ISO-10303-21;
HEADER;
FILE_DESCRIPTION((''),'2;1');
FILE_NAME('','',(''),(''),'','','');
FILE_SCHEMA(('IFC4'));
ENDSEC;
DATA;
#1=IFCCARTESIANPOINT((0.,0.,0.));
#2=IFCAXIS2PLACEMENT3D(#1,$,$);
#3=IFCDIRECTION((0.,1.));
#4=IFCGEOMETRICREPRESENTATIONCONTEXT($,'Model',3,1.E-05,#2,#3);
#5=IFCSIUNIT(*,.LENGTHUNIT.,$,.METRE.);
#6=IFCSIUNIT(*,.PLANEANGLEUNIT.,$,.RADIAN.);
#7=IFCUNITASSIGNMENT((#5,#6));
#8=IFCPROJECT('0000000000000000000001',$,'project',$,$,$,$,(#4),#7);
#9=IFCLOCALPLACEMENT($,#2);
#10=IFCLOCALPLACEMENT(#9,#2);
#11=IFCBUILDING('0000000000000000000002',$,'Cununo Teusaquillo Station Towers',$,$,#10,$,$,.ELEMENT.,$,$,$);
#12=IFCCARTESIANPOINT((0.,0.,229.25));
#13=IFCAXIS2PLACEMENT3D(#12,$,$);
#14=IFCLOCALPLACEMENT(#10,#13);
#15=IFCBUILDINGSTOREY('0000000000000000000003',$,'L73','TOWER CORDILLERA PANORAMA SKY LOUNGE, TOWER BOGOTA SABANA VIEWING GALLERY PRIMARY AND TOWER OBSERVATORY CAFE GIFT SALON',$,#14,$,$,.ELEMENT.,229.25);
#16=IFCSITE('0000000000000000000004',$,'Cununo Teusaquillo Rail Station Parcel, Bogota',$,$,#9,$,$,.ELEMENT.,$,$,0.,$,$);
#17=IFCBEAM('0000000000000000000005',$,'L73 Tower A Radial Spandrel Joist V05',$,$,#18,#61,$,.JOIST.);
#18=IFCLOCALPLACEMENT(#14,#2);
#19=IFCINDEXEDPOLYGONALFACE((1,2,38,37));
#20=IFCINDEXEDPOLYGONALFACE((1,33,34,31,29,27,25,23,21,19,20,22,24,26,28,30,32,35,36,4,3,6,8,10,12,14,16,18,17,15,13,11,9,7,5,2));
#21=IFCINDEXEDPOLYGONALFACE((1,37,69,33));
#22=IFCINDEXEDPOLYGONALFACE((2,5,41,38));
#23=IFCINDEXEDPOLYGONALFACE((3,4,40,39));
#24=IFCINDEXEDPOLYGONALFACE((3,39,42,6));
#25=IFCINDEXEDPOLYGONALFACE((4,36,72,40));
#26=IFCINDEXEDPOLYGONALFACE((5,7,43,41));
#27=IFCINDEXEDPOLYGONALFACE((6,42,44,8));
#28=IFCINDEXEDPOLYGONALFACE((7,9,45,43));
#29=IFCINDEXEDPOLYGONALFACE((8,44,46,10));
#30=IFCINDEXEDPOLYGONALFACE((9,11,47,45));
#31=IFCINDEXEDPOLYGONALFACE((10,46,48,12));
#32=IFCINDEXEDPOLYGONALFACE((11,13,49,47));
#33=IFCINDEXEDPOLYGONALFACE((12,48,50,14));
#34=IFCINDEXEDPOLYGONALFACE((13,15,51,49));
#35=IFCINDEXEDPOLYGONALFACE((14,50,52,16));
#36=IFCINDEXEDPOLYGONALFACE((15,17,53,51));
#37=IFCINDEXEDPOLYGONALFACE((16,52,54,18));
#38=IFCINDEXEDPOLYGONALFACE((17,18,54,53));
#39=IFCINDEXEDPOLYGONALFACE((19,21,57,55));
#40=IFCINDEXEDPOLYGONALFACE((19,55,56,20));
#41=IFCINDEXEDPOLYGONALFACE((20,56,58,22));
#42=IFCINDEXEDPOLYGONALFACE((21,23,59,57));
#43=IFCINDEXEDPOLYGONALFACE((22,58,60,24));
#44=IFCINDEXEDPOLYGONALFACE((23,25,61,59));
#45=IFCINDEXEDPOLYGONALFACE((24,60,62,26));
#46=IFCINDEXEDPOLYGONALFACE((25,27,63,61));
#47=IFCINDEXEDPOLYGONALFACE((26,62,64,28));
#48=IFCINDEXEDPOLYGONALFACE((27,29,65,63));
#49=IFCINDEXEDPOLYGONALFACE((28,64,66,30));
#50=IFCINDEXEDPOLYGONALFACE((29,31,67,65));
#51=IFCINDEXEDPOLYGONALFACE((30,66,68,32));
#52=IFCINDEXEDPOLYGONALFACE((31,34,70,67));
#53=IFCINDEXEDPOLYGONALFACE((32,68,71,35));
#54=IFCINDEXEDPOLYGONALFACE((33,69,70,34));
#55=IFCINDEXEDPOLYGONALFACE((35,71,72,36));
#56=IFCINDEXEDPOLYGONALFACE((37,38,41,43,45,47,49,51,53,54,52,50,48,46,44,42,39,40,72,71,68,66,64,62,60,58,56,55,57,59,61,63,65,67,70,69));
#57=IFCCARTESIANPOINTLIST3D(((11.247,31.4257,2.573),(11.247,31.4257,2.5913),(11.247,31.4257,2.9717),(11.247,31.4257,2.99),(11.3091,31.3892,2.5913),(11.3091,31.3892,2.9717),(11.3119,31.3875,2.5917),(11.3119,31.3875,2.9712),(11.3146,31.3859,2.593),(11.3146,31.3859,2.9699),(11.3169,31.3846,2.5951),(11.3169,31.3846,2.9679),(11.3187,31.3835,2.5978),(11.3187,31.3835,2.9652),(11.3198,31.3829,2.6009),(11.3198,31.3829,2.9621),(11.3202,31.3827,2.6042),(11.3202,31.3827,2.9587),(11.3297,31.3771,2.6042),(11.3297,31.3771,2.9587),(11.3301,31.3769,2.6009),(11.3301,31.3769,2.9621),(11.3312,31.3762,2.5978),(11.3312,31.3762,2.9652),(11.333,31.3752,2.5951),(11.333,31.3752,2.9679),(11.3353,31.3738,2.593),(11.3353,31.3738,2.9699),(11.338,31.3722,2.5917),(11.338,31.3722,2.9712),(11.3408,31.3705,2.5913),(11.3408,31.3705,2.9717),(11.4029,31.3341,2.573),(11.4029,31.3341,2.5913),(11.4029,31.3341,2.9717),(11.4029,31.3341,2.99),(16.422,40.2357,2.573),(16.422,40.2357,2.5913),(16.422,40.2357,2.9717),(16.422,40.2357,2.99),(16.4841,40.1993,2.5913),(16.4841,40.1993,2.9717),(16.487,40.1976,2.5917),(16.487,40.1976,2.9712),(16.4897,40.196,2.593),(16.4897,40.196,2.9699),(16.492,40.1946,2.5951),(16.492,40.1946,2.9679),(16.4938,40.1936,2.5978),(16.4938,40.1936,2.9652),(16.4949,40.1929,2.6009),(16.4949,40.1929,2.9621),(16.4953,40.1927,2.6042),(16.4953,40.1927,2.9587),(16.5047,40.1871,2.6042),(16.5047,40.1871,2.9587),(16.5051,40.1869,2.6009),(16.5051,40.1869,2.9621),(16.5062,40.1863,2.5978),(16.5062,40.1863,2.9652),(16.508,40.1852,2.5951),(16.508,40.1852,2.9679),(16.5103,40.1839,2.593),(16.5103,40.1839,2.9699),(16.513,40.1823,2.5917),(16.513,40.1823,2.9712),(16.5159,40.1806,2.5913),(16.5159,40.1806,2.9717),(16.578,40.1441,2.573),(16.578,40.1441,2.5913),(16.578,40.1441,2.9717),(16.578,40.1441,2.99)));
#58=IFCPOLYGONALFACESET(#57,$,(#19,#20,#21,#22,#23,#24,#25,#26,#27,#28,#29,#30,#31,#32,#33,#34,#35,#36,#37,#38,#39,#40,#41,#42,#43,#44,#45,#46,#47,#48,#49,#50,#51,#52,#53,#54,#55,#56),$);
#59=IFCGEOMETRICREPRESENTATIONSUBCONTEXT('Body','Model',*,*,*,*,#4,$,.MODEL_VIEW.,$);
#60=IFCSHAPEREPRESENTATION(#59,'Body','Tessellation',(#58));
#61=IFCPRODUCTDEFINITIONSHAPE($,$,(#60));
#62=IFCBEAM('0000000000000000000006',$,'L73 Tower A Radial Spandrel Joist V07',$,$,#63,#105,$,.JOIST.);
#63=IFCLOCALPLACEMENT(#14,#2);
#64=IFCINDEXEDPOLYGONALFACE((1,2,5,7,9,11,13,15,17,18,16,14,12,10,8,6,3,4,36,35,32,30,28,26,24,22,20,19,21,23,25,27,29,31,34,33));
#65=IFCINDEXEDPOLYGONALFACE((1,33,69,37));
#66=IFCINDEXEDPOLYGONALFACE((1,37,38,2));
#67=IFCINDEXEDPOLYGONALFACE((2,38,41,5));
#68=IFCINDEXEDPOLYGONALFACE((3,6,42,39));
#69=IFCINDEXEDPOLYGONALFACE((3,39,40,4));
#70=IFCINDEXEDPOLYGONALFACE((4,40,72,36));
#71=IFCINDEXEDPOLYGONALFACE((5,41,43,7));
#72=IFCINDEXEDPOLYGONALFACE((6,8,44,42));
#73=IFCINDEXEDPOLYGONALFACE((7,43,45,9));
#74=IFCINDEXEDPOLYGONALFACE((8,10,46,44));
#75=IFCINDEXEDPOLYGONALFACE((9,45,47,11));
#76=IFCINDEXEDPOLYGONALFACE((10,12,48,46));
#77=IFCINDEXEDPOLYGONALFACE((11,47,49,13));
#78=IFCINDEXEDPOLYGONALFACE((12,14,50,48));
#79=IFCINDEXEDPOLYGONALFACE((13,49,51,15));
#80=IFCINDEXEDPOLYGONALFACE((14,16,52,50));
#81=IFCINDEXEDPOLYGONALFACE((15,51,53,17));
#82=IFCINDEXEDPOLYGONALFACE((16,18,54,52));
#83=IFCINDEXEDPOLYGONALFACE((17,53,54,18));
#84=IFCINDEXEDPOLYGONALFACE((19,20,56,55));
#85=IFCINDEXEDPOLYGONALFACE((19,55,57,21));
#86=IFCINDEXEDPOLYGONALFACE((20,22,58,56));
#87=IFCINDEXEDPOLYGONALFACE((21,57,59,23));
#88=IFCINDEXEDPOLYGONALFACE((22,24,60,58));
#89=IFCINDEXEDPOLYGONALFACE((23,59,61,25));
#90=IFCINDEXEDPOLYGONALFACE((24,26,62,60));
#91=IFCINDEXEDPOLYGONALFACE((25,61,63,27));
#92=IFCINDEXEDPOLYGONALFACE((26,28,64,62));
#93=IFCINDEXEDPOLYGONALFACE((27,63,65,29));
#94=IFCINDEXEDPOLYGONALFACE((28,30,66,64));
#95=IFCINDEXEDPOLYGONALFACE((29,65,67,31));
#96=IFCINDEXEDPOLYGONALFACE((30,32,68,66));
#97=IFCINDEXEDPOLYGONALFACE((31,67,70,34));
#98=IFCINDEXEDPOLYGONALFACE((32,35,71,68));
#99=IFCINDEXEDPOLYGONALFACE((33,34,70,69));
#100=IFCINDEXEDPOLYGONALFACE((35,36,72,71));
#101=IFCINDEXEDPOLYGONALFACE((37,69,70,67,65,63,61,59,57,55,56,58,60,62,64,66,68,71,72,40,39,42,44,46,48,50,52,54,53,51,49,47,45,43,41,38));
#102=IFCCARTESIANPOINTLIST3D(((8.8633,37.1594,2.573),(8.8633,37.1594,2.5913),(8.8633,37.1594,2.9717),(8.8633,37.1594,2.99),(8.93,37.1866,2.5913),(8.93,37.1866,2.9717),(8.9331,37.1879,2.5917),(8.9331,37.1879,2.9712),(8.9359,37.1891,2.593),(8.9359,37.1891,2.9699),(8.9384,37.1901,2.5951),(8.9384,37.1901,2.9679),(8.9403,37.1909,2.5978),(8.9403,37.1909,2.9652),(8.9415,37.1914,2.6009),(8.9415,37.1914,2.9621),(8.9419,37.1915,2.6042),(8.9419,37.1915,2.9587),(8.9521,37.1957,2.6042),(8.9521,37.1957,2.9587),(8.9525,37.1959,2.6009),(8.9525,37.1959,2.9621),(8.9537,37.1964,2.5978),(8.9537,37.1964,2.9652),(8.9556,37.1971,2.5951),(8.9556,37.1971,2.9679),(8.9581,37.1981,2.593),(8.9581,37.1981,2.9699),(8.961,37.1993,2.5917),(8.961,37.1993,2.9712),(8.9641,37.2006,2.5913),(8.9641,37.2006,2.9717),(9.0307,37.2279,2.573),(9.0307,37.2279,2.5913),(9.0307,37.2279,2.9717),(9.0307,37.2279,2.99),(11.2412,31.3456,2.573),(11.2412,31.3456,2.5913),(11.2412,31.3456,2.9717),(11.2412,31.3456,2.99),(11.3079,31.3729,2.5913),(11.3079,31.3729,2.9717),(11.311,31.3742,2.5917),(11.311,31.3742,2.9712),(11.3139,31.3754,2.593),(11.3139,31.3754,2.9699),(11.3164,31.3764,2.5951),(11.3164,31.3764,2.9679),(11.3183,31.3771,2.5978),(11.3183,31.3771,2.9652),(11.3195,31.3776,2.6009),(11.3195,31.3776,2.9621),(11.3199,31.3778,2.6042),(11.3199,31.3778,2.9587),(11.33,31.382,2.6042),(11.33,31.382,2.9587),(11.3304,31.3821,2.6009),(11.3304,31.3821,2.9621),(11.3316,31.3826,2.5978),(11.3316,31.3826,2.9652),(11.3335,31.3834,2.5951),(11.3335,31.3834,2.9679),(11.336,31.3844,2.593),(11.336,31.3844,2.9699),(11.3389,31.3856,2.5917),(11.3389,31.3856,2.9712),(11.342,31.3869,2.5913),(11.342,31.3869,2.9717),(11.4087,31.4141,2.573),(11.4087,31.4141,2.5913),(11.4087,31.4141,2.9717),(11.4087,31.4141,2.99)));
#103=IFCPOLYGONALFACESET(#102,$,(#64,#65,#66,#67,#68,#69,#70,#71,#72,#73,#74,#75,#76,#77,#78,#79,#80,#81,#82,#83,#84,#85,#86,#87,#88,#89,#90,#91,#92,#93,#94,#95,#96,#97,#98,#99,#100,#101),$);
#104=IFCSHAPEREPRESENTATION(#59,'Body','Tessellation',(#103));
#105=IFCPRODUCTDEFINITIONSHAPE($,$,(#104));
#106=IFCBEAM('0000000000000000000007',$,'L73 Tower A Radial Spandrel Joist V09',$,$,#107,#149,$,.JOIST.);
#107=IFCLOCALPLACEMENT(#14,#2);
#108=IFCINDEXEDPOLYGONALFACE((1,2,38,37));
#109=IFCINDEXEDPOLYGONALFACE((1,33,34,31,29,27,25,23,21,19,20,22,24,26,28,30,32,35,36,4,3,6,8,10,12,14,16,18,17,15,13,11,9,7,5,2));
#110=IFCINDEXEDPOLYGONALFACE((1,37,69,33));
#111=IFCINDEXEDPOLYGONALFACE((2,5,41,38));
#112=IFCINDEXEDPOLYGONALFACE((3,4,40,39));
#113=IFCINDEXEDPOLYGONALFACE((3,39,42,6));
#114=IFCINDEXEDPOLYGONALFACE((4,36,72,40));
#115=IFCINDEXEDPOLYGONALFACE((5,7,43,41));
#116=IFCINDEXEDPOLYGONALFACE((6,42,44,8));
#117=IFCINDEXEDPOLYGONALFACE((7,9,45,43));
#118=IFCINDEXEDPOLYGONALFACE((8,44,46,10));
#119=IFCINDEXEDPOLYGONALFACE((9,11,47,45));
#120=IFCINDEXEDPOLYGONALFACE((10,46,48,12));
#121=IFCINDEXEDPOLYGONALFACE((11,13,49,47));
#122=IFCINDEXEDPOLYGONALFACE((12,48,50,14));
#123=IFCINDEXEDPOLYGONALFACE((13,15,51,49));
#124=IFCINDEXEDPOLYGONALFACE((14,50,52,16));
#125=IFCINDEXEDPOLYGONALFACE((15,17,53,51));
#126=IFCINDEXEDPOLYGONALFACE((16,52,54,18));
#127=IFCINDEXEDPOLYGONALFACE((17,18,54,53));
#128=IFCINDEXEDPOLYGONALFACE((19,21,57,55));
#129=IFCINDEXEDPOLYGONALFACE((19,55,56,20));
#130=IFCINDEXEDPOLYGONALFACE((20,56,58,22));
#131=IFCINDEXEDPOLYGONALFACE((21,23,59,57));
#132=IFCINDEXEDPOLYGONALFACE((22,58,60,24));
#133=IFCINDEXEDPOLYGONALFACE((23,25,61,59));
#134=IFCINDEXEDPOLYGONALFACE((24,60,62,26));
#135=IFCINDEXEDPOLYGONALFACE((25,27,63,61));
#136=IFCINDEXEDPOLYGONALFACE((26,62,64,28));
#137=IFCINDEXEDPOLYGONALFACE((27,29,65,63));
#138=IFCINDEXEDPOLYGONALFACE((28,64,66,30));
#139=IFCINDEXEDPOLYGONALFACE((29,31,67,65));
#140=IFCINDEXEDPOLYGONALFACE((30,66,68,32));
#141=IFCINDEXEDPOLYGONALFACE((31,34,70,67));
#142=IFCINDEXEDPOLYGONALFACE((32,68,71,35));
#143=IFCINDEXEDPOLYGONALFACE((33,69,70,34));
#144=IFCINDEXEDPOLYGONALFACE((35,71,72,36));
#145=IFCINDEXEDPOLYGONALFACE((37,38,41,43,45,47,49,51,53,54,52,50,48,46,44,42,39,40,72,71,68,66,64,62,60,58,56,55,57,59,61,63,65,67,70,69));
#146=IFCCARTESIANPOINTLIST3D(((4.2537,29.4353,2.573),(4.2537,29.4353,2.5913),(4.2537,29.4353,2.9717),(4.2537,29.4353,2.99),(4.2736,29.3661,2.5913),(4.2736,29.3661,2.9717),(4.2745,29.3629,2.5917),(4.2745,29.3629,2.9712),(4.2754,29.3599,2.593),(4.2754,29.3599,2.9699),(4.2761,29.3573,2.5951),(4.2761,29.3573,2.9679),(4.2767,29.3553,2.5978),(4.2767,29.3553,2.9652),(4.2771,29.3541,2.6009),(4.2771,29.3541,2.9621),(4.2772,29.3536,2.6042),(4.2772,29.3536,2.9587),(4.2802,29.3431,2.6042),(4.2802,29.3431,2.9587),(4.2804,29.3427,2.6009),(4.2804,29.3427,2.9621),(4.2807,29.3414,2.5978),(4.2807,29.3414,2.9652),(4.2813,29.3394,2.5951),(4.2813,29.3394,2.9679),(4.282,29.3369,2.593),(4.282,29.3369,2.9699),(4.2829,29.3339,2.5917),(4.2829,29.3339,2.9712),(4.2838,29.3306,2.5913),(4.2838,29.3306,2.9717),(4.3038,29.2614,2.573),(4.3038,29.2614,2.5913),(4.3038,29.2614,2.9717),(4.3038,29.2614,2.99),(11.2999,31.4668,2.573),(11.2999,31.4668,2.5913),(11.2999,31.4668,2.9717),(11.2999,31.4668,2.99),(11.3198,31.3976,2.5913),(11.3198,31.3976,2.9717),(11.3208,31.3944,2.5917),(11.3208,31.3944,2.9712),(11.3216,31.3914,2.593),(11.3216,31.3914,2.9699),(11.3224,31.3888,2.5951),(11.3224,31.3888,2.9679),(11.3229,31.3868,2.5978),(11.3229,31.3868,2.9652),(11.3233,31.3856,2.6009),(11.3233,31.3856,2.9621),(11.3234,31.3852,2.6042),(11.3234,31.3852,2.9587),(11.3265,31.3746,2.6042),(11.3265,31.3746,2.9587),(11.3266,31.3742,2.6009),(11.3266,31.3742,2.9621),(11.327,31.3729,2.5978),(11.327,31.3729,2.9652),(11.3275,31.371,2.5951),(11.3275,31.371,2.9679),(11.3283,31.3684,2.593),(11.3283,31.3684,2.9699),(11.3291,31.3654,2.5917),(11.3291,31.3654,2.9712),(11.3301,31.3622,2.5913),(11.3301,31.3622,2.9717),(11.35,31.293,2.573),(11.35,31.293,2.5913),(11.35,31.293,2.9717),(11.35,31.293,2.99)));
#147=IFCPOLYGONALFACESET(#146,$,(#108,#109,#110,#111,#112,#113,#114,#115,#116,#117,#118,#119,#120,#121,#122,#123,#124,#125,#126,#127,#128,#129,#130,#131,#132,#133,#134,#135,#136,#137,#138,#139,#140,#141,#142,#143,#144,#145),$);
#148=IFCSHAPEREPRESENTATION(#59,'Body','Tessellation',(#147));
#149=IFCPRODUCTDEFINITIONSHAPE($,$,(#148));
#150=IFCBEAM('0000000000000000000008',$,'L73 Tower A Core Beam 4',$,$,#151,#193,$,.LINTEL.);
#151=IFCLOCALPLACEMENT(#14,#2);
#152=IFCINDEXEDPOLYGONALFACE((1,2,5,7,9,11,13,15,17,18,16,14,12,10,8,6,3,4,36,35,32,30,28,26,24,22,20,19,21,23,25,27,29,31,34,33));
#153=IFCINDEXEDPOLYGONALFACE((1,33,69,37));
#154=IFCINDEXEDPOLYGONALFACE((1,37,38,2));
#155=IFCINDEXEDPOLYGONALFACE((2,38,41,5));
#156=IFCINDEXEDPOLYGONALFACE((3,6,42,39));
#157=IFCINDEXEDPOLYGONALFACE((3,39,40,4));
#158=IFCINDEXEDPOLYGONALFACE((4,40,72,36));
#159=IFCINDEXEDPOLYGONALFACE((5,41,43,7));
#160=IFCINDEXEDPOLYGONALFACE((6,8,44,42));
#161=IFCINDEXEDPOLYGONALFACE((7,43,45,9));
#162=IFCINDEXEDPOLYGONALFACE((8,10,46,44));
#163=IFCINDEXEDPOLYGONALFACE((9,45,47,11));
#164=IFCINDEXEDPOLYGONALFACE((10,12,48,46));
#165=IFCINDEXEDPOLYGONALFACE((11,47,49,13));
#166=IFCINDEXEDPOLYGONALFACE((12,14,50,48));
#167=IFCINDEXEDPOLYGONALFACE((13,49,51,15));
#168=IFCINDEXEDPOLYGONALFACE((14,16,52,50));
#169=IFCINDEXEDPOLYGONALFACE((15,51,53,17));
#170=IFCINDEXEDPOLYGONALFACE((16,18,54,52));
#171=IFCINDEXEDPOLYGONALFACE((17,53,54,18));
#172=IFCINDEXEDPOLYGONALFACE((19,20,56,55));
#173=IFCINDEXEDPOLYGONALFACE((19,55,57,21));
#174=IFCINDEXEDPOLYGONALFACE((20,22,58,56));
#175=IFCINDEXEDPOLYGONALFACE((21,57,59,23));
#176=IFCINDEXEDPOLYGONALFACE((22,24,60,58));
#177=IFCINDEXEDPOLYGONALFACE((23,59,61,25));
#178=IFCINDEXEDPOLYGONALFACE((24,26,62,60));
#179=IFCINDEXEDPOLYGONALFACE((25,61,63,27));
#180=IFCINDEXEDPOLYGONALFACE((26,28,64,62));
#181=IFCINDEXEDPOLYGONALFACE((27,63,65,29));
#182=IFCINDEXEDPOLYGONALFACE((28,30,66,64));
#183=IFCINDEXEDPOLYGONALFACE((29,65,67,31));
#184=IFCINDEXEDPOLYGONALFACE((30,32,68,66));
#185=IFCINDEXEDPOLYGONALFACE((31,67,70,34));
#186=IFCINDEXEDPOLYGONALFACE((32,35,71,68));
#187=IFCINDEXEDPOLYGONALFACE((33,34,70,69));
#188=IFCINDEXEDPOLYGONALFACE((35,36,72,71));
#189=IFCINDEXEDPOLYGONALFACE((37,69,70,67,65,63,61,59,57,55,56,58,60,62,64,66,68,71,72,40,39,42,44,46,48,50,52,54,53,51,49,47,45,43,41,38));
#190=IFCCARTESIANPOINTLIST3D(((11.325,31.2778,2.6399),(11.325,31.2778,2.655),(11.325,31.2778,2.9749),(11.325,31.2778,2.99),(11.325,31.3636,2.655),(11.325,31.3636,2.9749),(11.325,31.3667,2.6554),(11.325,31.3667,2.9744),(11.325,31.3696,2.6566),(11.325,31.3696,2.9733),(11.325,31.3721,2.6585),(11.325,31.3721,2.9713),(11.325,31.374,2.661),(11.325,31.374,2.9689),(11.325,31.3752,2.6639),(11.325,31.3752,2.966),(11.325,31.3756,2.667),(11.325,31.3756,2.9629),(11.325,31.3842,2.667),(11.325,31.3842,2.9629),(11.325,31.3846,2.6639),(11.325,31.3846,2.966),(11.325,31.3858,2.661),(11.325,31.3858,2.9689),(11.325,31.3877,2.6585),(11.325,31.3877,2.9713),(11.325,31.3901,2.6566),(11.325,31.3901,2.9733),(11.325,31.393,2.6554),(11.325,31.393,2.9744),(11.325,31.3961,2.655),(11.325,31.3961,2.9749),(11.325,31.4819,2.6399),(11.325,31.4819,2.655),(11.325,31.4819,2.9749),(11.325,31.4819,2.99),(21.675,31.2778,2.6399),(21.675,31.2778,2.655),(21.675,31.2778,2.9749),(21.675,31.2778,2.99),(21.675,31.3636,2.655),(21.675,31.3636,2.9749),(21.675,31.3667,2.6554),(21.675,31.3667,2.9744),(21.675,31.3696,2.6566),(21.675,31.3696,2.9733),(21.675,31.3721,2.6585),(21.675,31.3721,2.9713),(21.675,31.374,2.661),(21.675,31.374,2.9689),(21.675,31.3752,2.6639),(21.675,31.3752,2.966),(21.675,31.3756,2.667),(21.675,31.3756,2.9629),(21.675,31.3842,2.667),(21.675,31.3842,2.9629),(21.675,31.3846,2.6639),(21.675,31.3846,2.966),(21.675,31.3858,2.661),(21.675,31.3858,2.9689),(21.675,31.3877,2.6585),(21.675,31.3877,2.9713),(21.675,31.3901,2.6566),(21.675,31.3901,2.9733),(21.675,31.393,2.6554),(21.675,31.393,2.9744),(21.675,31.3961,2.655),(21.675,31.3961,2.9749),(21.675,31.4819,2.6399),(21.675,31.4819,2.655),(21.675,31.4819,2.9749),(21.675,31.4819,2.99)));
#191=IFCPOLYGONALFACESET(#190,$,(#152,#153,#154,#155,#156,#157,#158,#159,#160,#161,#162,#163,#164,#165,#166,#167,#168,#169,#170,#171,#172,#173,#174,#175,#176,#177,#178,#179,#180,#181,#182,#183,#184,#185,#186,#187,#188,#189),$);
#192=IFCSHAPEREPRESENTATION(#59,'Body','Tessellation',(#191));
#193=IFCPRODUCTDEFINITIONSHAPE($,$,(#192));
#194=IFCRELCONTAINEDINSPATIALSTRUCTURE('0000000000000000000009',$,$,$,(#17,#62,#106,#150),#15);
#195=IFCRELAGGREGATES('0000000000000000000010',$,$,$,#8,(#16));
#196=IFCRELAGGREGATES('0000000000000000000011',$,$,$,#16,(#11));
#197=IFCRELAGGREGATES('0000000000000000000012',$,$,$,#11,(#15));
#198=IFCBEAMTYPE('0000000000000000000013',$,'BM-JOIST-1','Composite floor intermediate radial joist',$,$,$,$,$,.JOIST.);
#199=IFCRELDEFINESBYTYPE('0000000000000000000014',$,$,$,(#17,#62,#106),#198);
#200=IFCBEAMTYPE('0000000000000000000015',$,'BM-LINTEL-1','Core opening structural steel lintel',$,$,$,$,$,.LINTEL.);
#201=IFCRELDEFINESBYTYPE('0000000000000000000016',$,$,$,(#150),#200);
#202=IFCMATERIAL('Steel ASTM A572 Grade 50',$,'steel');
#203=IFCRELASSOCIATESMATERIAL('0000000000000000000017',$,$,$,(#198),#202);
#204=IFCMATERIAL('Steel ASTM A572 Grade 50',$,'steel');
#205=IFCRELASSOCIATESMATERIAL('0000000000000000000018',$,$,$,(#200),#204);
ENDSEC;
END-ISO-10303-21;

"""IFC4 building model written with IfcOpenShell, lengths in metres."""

from ifc_helpers import new_model, si_unit, direction, frame, origin, origin_2d, place, context, subcontext, project, spatial, i_section, extrude, material, material_profile, profile_set, type_object, element, save


model = new_model("IFC4")

# Units and contexts
model_context = context("Model", 3, precision=1e-05, world=origin(), true_north=direction((0.0, 1.0)))
body_context = subcontext(model_context, "Body", "Model", "MODEL_VIEW")
ifc_project = project(units=[si_unit("LENGTHUNIT", "METRE"), si_unit("PLANEANGLEUNIT", "RADIAN")], contexts=[model_context])

# Site, building, storey
site_placement = place(None, origin())
site = spatial("IfcSite", under=ifc_project, at=site_placement, Name="Cununo Teusaquillo Rail Station Parcel, Bogota", CompositionType="ELEMENT", RefElevation=0.0)
building_placement = place(site_placement, origin())
building = spatial("IfcBuilding", under=site, at=building_placement, Name="Cununo Teusaquillo Station Towers", CompositionType="ELEMENT")
storey_placement = place(building_placement, frame((0.0, 0.0, 229.25)))
storey = spatial("IfcBuildingStorey", under=building, at=storey_placement, Name="L73", Description="TOWER CORDILLERA PANORAMA SKY LOUNGE, TOWER BOGOTA SABANA VIEWING GALLERY PRIMARY AND TOWER OBSERVATORY CAFE GIFT SALON", CompositionType="ELEMENT", Elevation=229.25)

# Beams
ifc_material_1 = material(Name="Steel ASTM A572 Grade 50", Category="steel")
ifc_material_profile_1 = material_profile(ifc_material_1, i_section(OverallWidth=0.1809, OverallDepth=0.417, WebThickness=0.011, FlangeThickness=0.0183, FilletRadius=0.0129, at=origin_2d()), Name="W16X57")
ifc_profile_set_1 = profile_set([ifc_material_profile_1], Name="Steel ASTM A572 Grade 50")
beam_type_1 = type_object("IfcBeamType", Name="BM-JOIST-1", Description="Composite floor intermediate radial joist", PredefinedType="JOIST", material=ifc_profile_set_1)
beam_1_placement = place(storey_placement, frame((11.325, 31.3799, 2.7815), z_axis=(0.506486, 0.862248, 0.0), x_axis=(-0.862248, 0.506486, 0.0)))
element("IfcBeam", 1, at=beam_1_placement, inside=storey, type_object=beam_type_1, Name="L73 Tower A Radial Spandrel Joist V05", PredefinedType="JOIST", context=body_context, shape_type="SweptSolid", body=[
    extrude(i_section(OverallWidth=0.1809, OverallDepth=0.417, WebThickness=0.011, FlangeThickness=0.0183, FilletRadius=0.0129, at=origin_2d()), origin(), (0.0, 0.0, 1.0), 10.2175),
])
beam_2_placement = place(storey_placement, frame((11.325, 31.3799, 2.7815), z_axis=(-0.378577, 0.92557, 0.0), x_axis=(-0.92557, -0.378577, 0.0)))
element("IfcBeam", 2, at=beam_2_placement, inside=storey, type_object=beam_type_1, Name="L73 Tower A Radial Spandrel Joist V07", PredefinedType="JOIST", context=body_context, shape_type="SweptSolid", body=[
    extrude(i_section(OverallWidth=0.1809, OverallDepth=0.417, WebThickness=0.011, FlangeThickness=0.0183, FilletRadius=0.0129, at=origin_2d()), origin(), (0.0, 0.0, 1.0), 6.2812),
])
beam_3_placement = place(storey_placement, frame((11.325, 31.3799, 2.7815), z_axis=(-0.960862, -0.277029, 0.0), x_axis=(0.277029, -0.960862, 0.0)))
element("IfcBeam", 3, at=beam_3_placement, inside=storey, type_object=beam_type_1, Name="L73 Tower A Radial Spandrel Joist V09", PredefinedType="JOIST", context=body_context, shape_type="SweptSolid", body=[
    extrude(i_section(OverallWidth=0.1809, OverallDepth=0.417, WebThickness=0.011, FlangeThickness=0.0183, FilletRadius=0.0129, at=origin_2d()), origin(), (0.0, 0.0, 1.0), 7.3333),
])
ifc_material_2 = material(Name="Steel ASTM A572 Grade 50", Category="steel")
ifc_material_profile_2 = material_profile(ifc_material_2, i_section(OverallWidth=0.2041, OverallDepth=0.3501, WebThickness=0.0085, FlangeThickness=0.0151, FilletRadius=0.012, at=origin_2d()), Name="W14X48")
ifc_profile_set_2 = profile_set([ifc_material_profile_2], Name="Steel ASTM A572 Grade 50")
beam_type_2 = type_object("IfcBeamType", Name="BM-LINTEL-1", Description="Core opening structural steel lintel", PredefinedType="LINTEL", material=ifc_profile_set_2)
beam_4_placement = place(storey_placement, frame((11.325, 31.3799, 2.8149), z_axis=(1.0, 0.0, 0.0), x_axis=(0.0, 1.0, 0.0)))
element("IfcBeam", 4, at=beam_4_placement, inside=storey, type_object=beam_type_2, Name="L73 Tower A Core Beam 4", PredefinedType="LINTEL", context=body_context, shape_type="SweptSolid", body=[
    extrude(i_section(OverallWidth=0.2041, OverallDepth=0.3501, WebThickness=0.0085, FlangeThickness=0.0151, FilletRadius=0.012, at=origin_2d()), origin(), (0.0, 0.0, 1.0), 10.3501),
])

save(model, "model.ifc")
